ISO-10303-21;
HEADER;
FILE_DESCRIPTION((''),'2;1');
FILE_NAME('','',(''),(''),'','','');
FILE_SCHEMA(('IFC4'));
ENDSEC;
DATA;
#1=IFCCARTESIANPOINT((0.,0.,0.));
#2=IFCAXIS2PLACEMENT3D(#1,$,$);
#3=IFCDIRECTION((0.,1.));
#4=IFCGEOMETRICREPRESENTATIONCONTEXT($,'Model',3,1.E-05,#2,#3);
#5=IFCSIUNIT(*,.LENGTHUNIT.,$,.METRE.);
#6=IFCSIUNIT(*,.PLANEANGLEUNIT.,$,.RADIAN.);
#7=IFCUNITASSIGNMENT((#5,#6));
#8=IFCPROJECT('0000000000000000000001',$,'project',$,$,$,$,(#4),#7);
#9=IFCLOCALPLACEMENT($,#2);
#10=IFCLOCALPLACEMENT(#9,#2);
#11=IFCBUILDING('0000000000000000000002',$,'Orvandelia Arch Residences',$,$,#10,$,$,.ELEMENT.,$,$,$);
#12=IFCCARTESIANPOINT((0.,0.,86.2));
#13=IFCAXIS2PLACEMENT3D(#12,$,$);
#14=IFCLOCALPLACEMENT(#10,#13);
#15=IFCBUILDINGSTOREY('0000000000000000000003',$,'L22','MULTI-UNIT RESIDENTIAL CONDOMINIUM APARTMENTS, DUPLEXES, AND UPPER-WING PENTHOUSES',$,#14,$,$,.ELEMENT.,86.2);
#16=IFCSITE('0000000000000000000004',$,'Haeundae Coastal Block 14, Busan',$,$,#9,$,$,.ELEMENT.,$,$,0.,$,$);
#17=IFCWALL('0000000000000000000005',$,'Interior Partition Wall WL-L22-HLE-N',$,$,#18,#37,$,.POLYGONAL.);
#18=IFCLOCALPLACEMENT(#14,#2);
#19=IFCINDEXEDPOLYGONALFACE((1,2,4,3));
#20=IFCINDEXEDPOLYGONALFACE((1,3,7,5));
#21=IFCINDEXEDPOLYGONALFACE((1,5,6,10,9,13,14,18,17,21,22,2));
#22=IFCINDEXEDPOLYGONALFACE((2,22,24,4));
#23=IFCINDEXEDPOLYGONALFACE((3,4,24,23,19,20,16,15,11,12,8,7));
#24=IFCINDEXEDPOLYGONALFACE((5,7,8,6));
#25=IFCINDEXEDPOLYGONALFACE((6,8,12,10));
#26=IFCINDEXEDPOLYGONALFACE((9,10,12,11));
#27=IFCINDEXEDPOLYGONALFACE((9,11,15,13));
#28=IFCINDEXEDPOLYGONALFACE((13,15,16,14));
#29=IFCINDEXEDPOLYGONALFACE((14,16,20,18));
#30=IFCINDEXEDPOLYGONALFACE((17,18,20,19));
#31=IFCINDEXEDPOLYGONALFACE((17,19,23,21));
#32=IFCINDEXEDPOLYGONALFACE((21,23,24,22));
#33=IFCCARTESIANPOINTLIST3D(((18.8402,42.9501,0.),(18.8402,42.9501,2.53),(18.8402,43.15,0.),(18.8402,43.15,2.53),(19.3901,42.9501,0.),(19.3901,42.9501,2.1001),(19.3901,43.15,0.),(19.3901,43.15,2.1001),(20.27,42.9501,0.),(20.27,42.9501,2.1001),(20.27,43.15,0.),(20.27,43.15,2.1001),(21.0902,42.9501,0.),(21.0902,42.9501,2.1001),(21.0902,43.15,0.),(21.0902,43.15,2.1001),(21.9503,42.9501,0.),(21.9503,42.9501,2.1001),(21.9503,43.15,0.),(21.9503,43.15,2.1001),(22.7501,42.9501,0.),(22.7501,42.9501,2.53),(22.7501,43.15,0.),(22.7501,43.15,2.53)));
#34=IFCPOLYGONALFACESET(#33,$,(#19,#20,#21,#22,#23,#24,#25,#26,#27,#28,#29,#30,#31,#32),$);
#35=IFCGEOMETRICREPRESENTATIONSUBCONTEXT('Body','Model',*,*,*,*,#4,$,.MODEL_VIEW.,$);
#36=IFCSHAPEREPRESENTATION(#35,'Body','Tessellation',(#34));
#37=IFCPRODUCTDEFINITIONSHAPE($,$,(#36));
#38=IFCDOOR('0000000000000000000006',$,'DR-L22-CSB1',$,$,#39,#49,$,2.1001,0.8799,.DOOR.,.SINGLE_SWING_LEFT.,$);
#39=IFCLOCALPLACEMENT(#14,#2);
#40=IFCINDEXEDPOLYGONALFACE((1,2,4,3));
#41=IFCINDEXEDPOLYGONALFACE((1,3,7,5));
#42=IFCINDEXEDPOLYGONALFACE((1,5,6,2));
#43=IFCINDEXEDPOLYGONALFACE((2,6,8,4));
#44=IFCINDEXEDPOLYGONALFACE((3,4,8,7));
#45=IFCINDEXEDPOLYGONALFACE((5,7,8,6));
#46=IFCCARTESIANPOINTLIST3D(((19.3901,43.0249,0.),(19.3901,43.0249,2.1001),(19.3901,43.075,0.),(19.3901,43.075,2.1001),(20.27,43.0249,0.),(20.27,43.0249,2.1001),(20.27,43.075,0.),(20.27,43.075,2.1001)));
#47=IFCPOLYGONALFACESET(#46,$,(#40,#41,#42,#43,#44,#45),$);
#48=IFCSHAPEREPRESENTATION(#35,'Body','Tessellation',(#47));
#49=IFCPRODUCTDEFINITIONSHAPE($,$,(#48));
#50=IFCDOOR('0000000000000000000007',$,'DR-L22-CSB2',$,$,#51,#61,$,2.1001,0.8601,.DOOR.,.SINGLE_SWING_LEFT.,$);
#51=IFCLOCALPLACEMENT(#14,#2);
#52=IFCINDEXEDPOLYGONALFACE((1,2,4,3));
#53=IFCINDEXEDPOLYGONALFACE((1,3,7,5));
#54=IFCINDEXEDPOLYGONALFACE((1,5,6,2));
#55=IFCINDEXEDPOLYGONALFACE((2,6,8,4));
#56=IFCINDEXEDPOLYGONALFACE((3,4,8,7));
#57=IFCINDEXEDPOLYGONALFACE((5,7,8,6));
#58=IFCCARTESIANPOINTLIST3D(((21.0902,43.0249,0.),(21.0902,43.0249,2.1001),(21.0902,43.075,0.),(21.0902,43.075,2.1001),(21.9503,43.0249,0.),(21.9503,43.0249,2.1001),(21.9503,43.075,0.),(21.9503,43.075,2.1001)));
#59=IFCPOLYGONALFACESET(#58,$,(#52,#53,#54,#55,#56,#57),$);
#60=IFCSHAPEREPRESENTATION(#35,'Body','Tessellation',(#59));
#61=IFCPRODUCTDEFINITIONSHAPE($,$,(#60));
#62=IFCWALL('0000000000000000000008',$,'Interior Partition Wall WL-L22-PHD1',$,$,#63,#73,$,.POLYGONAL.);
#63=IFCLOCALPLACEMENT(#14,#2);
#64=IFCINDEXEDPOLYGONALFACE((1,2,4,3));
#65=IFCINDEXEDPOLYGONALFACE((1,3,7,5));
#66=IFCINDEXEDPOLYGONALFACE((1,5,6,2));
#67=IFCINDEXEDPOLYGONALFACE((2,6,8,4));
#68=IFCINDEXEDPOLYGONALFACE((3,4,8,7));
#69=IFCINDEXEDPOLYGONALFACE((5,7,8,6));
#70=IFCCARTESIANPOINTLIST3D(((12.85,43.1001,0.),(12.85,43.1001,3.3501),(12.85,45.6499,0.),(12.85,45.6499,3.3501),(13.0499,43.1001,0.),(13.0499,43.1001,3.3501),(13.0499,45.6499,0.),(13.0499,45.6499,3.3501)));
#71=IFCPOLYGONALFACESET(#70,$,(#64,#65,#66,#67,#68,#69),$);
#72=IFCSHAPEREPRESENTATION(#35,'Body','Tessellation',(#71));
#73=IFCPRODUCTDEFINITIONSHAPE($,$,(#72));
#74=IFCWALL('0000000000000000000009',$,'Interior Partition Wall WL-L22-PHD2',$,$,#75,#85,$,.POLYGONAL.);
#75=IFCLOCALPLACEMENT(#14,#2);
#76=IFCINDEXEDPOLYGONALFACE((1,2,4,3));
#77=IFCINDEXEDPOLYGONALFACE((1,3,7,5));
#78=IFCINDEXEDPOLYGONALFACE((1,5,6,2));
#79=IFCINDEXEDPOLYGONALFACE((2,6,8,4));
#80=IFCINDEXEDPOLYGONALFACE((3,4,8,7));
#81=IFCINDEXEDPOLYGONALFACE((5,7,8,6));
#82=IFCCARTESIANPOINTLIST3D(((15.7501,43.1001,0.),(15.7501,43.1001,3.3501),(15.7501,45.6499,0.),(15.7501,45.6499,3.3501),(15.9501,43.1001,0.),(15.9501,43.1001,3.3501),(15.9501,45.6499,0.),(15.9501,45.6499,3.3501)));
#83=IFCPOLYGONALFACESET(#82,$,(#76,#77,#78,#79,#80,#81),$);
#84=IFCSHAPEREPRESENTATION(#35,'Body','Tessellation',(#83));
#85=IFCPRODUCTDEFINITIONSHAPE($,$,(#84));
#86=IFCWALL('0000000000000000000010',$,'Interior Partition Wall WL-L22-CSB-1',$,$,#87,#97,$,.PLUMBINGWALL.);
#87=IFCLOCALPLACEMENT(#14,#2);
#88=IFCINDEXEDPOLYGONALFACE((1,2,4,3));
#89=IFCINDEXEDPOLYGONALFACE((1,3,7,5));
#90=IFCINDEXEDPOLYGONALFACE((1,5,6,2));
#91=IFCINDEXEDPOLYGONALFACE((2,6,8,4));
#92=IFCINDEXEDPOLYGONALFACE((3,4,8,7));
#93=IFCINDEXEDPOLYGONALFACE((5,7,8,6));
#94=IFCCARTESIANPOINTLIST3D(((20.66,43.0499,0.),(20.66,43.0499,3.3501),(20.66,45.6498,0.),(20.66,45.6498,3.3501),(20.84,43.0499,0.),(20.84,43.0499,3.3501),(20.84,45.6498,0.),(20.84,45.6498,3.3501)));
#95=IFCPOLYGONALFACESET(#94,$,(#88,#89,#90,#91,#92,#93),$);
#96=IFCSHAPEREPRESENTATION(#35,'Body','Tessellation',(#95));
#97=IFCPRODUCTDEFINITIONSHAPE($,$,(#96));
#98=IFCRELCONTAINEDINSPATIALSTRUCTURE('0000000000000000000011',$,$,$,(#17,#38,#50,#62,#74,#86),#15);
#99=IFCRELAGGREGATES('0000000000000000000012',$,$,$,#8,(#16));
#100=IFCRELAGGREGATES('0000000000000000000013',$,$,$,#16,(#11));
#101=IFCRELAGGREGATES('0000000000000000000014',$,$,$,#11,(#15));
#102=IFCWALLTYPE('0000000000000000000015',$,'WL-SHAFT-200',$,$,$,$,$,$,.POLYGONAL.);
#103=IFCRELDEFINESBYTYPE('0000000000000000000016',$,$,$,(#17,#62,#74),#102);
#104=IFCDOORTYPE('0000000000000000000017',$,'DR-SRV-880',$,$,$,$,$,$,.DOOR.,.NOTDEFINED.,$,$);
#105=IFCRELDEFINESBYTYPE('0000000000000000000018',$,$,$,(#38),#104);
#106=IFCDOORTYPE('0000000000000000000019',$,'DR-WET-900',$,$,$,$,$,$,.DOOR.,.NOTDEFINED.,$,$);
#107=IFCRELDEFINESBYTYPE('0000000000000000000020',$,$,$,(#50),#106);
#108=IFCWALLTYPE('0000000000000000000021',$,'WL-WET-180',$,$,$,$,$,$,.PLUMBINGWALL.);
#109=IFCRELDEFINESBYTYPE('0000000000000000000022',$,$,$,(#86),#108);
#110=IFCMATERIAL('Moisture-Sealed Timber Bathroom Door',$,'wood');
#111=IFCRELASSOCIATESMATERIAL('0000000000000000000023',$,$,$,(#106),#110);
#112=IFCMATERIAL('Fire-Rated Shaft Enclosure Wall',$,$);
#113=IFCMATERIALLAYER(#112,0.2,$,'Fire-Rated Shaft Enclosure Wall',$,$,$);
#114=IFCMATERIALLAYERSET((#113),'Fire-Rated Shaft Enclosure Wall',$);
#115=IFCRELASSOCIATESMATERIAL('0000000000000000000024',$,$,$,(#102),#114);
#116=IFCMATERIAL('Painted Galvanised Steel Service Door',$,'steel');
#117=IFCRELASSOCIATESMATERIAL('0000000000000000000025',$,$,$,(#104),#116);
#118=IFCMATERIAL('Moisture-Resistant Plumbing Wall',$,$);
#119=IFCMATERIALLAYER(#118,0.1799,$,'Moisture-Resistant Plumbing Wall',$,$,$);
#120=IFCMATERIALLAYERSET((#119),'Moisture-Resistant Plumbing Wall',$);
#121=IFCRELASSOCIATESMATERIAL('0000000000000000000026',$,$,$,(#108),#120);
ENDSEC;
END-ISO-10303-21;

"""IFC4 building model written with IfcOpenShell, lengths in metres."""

from ifc_helpers import new_model, si_unit, direction, frame, frame_2d, origin, place, context, subcontext, project, spatial, rectangle, extrude, material, layer, layer_set, type_object, element, fill, save


model = new_model("IFC4")

# Units and contexts
model_context = context("Model", 3, precision=1e-05, world=origin(), true_north=direction((0.0, 1.0)))
body_context = subcontext(model_context, "Body", "Model", "MODEL_VIEW")
ifc_project = project(units=[si_unit("LENGTHUNIT", "METRE"), si_unit("PLANEANGLEUNIT", "RADIAN")], contexts=[model_context])

# Site, building, storey
site_placement = place(None, origin())
site = spatial("IfcSite", under=ifc_project, at=site_placement, Name="Haeundae Coastal Block 14, Busan", CompositionType="ELEMENT", RefElevation=0.0)
building_placement = place(site_placement, origin())
building = spatial("IfcBuilding", under=site, at=building_placement, Name="Orvandelia Arch Residences", CompositionType="ELEMENT")
storey_placement = place(building_placement, frame((0.0, 0.0, 86.2)))
storey = spatial("IfcBuildingStorey", under=building, at=storey_placement, Name="L22", Description="MULTI-UNIT RESIDENTIAL CONDOMINIUM APARTMENTS, DUPLEXES, AND UPPER-WING PENTHOUSES", CompositionType="ELEMENT", Elevation=86.2)

# Shared definitions
ifc_material_1 = material(Name="Moisture-Sealed Timber Bathroom Door", Category="wood")
door_type_1 = type_object("IfcDoorType", Name="DR-WET-900", OperationType="NOTDEFINED", PredefinedType="DOOR", material=ifc_material_1)

# Shared definitions
ifc_material_2 = material(Name="Fire-Rated Shaft Enclosure Wall")
ifc_layer_1 = layer(ifc_material_2, 0.2, Name="Fire-Rated Shaft Enclosure Wall")
ifc_layer_set_1 = layer_set([ifc_layer_1], Name="Fire-Rated Shaft Enclosure Wall")
wall_type_1 = type_object("IfcWallType", Name="WL-SHAFT-200", PredefinedType="POLYGONAL", material=ifc_layer_set_1)

# Wall, openings, doors
ifc_material_3 = material(Name="Painted Galvanised Steel Service Door", Category="steel")
door_type_2 = type_object("IfcDoorType", Name="DR-SRV-880", OperationType="NOTDEFINED", PredefinedType="DOOR", material=ifc_material_3)
wall_1_placement = place(storey_placement, frame((18.8401, 43.05, 0.0), z_axis=(0.0, 0.0, 1.0), x_axis=(1.0, 0.0, 0.0)))
wall_1 = element("IfcWall", 1, at=wall_1_placement, inside=storey, type_object=wall_type_1, Name="Interior Partition Wall WL-L22-HLE-N", PredefinedType="POLYGONAL", context=body_context, shape_type="SweptSolid", body=[
    extrude(rectangle(XDim=3.9099, YDim=0.2, at=frame_2d((1.9551, 0.0))), origin(), (0.0, 0.0, 1.0), 2.53),
])
opening_1_placement = place(wall_1_placement, frame((0.55, 0.0, 0.0)))
opening_1 = element("IfcOpeningElement", 2, at=opening_1_placement, cuts=wall_1, PredefinedType="OPENING", context=body_context, shape_type="SweptSolid", body=[
    extrude(rectangle(XDim=0.8799, YDim=2.1001, at=frame_2d((0.4399, 1.05))), frame((0.0, 0.1099, 0.0), z_axis=(0.0, -1.0, 0.0), x_axis=(1.0, 0.0, 0.0)), (0.0, 0.0, 1.0), 0.22),
])
opening_2_placement = place(wall_1_placement, frame((2.25, 0.0, 0.0)))
opening_2 = element("IfcOpeningElement", 3, at=opening_2_placement, cuts=wall_1, PredefinedType="OPENING", context=body_context, shape_type="SweptSolid", body=[
    extrude(rectangle(XDim=0.8601, YDim=2.1001, at=frame_2d((0.4302, 1.05))), frame((0.0, 0.1099, 0.0), z_axis=(0.0, -1.0, 0.0), x_axis=(1.0, 0.0, 0.0)), (0.0, 0.0, 1.0), 0.22),
])
door_1_placement = place(opening_1_placement, origin())
door_1 = element("IfcDoor", 4, at=door_1_placement, inside=storey, type_object=door_type_2, Name="DR-L22-CSB1", OperationType="SINGLE_SWING_LEFT", OverallHeight=2.1001, OverallWidth=0.8799, PredefinedType="DOOR", context=body_context, shape_type="SweptSolid", body=[
    extrude(rectangle(XDim=0.8799, YDim=2.1001, at=frame_2d((0.4399, 1.05))), frame((0.0, 0.0249, 0.0), z_axis=(0.0, -1.0, 0.0), x_axis=(1.0, 0.0, 0.0)), (0.0, 0.0, 1.0), 0.05),
])
fill(opening_1, door_1)
door_2_placement = place(opening_2_placement, origin())
door_2 = element("IfcDoor", 5, at=door_2_placement, inside=storey, type_object=door_type_1, Name="DR-L22-CSB2", OperationType="SINGLE_SWING_LEFT", OverallHeight=2.1001, OverallWidth=0.8601, PredefinedType="DOOR", context=body_context, shape_type="SweptSolid", body=[
    extrude(rectangle(XDim=0.8601, YDim=2.1001, at=frame_2d((0.4302, 1.05))), frame((0.0, 0.0249, 0.0), z_axis=(0.0, -1.0, 0.0), x_axis=(1.0, 0.0, 0.0)), (0.0, 0.0, 1.0), 0.05),
])
fill(opening_2, door_2)

# Walls
for number, where, z_axis, x_axis, name in (
    (6, (12.95, 43.1001, 0.0), (0.0, 0.0, 1.0), (0.0, 1.0, 0.0), "Interior Partition Wall WL-L22-PHD1"),
    (7, (15.8501, 43.1001, 0.0), (0.0, 0.0, 1.0), (0.0, 1.0, 0.0), "Interior Partition Wall WL-L22-PHD2"),
):
    element("IfcWall", number, at=place(storey_placement, frame(where, z_axis=z_axis, x_axis=x_axis)), inside=storey, type_object=wall_type_1, Name=name, PredefinedType="POLYGONAL", context=body_context, shape_type="SweptSolid", body=[
        extrude(rectangle(XDim=2.5498, YDim=0.2, at=frame_2d((1.2749, 0.0))), origin(), (0.0, 0.0, 1.0), 3.3501),
    ])
ifc_material_4 = material(Name="Moisture-Resistant Plumbing Wall")
ifc_layer_2 = layer(ifc_material_4, 0.1799, Name="Moisture-Resistant Plumbing Wall")
ifc_layer_set_2 = layer_set([ifc_layer_2], Name="Moisture-Resistant Plumbing Wall")
wall_type_2 = type_object("IfcWallType", Name="WL-WET-180", PredefinedType="PLUMBINGWALL", material=ifc_layer_set_2)
wall_2_placement = place(storey_placement, frame((20.75, 43.05, 0.0), z_axis=(0.0, 0.0, 1.0), x_axis=(0.0, 1.0, 0.0)))
element("IfcWall", 8, at=wall_2_placement, inside=storey, type_object=wall_type_2, Name="Interior Partition Wall WL-L22-CSB-1", PredefinedType="PLUMBINGWALL", context=body_context, shape_type="SweptSolid", body=[
    extrude(rectangle(XDim=2.5999, YDim=0.1799, at=frame_2d((1.2998, 0.0))), origin(), (0.0, 0.0, 1.0), 3.3501),
])

save(model, "model.ifc")
